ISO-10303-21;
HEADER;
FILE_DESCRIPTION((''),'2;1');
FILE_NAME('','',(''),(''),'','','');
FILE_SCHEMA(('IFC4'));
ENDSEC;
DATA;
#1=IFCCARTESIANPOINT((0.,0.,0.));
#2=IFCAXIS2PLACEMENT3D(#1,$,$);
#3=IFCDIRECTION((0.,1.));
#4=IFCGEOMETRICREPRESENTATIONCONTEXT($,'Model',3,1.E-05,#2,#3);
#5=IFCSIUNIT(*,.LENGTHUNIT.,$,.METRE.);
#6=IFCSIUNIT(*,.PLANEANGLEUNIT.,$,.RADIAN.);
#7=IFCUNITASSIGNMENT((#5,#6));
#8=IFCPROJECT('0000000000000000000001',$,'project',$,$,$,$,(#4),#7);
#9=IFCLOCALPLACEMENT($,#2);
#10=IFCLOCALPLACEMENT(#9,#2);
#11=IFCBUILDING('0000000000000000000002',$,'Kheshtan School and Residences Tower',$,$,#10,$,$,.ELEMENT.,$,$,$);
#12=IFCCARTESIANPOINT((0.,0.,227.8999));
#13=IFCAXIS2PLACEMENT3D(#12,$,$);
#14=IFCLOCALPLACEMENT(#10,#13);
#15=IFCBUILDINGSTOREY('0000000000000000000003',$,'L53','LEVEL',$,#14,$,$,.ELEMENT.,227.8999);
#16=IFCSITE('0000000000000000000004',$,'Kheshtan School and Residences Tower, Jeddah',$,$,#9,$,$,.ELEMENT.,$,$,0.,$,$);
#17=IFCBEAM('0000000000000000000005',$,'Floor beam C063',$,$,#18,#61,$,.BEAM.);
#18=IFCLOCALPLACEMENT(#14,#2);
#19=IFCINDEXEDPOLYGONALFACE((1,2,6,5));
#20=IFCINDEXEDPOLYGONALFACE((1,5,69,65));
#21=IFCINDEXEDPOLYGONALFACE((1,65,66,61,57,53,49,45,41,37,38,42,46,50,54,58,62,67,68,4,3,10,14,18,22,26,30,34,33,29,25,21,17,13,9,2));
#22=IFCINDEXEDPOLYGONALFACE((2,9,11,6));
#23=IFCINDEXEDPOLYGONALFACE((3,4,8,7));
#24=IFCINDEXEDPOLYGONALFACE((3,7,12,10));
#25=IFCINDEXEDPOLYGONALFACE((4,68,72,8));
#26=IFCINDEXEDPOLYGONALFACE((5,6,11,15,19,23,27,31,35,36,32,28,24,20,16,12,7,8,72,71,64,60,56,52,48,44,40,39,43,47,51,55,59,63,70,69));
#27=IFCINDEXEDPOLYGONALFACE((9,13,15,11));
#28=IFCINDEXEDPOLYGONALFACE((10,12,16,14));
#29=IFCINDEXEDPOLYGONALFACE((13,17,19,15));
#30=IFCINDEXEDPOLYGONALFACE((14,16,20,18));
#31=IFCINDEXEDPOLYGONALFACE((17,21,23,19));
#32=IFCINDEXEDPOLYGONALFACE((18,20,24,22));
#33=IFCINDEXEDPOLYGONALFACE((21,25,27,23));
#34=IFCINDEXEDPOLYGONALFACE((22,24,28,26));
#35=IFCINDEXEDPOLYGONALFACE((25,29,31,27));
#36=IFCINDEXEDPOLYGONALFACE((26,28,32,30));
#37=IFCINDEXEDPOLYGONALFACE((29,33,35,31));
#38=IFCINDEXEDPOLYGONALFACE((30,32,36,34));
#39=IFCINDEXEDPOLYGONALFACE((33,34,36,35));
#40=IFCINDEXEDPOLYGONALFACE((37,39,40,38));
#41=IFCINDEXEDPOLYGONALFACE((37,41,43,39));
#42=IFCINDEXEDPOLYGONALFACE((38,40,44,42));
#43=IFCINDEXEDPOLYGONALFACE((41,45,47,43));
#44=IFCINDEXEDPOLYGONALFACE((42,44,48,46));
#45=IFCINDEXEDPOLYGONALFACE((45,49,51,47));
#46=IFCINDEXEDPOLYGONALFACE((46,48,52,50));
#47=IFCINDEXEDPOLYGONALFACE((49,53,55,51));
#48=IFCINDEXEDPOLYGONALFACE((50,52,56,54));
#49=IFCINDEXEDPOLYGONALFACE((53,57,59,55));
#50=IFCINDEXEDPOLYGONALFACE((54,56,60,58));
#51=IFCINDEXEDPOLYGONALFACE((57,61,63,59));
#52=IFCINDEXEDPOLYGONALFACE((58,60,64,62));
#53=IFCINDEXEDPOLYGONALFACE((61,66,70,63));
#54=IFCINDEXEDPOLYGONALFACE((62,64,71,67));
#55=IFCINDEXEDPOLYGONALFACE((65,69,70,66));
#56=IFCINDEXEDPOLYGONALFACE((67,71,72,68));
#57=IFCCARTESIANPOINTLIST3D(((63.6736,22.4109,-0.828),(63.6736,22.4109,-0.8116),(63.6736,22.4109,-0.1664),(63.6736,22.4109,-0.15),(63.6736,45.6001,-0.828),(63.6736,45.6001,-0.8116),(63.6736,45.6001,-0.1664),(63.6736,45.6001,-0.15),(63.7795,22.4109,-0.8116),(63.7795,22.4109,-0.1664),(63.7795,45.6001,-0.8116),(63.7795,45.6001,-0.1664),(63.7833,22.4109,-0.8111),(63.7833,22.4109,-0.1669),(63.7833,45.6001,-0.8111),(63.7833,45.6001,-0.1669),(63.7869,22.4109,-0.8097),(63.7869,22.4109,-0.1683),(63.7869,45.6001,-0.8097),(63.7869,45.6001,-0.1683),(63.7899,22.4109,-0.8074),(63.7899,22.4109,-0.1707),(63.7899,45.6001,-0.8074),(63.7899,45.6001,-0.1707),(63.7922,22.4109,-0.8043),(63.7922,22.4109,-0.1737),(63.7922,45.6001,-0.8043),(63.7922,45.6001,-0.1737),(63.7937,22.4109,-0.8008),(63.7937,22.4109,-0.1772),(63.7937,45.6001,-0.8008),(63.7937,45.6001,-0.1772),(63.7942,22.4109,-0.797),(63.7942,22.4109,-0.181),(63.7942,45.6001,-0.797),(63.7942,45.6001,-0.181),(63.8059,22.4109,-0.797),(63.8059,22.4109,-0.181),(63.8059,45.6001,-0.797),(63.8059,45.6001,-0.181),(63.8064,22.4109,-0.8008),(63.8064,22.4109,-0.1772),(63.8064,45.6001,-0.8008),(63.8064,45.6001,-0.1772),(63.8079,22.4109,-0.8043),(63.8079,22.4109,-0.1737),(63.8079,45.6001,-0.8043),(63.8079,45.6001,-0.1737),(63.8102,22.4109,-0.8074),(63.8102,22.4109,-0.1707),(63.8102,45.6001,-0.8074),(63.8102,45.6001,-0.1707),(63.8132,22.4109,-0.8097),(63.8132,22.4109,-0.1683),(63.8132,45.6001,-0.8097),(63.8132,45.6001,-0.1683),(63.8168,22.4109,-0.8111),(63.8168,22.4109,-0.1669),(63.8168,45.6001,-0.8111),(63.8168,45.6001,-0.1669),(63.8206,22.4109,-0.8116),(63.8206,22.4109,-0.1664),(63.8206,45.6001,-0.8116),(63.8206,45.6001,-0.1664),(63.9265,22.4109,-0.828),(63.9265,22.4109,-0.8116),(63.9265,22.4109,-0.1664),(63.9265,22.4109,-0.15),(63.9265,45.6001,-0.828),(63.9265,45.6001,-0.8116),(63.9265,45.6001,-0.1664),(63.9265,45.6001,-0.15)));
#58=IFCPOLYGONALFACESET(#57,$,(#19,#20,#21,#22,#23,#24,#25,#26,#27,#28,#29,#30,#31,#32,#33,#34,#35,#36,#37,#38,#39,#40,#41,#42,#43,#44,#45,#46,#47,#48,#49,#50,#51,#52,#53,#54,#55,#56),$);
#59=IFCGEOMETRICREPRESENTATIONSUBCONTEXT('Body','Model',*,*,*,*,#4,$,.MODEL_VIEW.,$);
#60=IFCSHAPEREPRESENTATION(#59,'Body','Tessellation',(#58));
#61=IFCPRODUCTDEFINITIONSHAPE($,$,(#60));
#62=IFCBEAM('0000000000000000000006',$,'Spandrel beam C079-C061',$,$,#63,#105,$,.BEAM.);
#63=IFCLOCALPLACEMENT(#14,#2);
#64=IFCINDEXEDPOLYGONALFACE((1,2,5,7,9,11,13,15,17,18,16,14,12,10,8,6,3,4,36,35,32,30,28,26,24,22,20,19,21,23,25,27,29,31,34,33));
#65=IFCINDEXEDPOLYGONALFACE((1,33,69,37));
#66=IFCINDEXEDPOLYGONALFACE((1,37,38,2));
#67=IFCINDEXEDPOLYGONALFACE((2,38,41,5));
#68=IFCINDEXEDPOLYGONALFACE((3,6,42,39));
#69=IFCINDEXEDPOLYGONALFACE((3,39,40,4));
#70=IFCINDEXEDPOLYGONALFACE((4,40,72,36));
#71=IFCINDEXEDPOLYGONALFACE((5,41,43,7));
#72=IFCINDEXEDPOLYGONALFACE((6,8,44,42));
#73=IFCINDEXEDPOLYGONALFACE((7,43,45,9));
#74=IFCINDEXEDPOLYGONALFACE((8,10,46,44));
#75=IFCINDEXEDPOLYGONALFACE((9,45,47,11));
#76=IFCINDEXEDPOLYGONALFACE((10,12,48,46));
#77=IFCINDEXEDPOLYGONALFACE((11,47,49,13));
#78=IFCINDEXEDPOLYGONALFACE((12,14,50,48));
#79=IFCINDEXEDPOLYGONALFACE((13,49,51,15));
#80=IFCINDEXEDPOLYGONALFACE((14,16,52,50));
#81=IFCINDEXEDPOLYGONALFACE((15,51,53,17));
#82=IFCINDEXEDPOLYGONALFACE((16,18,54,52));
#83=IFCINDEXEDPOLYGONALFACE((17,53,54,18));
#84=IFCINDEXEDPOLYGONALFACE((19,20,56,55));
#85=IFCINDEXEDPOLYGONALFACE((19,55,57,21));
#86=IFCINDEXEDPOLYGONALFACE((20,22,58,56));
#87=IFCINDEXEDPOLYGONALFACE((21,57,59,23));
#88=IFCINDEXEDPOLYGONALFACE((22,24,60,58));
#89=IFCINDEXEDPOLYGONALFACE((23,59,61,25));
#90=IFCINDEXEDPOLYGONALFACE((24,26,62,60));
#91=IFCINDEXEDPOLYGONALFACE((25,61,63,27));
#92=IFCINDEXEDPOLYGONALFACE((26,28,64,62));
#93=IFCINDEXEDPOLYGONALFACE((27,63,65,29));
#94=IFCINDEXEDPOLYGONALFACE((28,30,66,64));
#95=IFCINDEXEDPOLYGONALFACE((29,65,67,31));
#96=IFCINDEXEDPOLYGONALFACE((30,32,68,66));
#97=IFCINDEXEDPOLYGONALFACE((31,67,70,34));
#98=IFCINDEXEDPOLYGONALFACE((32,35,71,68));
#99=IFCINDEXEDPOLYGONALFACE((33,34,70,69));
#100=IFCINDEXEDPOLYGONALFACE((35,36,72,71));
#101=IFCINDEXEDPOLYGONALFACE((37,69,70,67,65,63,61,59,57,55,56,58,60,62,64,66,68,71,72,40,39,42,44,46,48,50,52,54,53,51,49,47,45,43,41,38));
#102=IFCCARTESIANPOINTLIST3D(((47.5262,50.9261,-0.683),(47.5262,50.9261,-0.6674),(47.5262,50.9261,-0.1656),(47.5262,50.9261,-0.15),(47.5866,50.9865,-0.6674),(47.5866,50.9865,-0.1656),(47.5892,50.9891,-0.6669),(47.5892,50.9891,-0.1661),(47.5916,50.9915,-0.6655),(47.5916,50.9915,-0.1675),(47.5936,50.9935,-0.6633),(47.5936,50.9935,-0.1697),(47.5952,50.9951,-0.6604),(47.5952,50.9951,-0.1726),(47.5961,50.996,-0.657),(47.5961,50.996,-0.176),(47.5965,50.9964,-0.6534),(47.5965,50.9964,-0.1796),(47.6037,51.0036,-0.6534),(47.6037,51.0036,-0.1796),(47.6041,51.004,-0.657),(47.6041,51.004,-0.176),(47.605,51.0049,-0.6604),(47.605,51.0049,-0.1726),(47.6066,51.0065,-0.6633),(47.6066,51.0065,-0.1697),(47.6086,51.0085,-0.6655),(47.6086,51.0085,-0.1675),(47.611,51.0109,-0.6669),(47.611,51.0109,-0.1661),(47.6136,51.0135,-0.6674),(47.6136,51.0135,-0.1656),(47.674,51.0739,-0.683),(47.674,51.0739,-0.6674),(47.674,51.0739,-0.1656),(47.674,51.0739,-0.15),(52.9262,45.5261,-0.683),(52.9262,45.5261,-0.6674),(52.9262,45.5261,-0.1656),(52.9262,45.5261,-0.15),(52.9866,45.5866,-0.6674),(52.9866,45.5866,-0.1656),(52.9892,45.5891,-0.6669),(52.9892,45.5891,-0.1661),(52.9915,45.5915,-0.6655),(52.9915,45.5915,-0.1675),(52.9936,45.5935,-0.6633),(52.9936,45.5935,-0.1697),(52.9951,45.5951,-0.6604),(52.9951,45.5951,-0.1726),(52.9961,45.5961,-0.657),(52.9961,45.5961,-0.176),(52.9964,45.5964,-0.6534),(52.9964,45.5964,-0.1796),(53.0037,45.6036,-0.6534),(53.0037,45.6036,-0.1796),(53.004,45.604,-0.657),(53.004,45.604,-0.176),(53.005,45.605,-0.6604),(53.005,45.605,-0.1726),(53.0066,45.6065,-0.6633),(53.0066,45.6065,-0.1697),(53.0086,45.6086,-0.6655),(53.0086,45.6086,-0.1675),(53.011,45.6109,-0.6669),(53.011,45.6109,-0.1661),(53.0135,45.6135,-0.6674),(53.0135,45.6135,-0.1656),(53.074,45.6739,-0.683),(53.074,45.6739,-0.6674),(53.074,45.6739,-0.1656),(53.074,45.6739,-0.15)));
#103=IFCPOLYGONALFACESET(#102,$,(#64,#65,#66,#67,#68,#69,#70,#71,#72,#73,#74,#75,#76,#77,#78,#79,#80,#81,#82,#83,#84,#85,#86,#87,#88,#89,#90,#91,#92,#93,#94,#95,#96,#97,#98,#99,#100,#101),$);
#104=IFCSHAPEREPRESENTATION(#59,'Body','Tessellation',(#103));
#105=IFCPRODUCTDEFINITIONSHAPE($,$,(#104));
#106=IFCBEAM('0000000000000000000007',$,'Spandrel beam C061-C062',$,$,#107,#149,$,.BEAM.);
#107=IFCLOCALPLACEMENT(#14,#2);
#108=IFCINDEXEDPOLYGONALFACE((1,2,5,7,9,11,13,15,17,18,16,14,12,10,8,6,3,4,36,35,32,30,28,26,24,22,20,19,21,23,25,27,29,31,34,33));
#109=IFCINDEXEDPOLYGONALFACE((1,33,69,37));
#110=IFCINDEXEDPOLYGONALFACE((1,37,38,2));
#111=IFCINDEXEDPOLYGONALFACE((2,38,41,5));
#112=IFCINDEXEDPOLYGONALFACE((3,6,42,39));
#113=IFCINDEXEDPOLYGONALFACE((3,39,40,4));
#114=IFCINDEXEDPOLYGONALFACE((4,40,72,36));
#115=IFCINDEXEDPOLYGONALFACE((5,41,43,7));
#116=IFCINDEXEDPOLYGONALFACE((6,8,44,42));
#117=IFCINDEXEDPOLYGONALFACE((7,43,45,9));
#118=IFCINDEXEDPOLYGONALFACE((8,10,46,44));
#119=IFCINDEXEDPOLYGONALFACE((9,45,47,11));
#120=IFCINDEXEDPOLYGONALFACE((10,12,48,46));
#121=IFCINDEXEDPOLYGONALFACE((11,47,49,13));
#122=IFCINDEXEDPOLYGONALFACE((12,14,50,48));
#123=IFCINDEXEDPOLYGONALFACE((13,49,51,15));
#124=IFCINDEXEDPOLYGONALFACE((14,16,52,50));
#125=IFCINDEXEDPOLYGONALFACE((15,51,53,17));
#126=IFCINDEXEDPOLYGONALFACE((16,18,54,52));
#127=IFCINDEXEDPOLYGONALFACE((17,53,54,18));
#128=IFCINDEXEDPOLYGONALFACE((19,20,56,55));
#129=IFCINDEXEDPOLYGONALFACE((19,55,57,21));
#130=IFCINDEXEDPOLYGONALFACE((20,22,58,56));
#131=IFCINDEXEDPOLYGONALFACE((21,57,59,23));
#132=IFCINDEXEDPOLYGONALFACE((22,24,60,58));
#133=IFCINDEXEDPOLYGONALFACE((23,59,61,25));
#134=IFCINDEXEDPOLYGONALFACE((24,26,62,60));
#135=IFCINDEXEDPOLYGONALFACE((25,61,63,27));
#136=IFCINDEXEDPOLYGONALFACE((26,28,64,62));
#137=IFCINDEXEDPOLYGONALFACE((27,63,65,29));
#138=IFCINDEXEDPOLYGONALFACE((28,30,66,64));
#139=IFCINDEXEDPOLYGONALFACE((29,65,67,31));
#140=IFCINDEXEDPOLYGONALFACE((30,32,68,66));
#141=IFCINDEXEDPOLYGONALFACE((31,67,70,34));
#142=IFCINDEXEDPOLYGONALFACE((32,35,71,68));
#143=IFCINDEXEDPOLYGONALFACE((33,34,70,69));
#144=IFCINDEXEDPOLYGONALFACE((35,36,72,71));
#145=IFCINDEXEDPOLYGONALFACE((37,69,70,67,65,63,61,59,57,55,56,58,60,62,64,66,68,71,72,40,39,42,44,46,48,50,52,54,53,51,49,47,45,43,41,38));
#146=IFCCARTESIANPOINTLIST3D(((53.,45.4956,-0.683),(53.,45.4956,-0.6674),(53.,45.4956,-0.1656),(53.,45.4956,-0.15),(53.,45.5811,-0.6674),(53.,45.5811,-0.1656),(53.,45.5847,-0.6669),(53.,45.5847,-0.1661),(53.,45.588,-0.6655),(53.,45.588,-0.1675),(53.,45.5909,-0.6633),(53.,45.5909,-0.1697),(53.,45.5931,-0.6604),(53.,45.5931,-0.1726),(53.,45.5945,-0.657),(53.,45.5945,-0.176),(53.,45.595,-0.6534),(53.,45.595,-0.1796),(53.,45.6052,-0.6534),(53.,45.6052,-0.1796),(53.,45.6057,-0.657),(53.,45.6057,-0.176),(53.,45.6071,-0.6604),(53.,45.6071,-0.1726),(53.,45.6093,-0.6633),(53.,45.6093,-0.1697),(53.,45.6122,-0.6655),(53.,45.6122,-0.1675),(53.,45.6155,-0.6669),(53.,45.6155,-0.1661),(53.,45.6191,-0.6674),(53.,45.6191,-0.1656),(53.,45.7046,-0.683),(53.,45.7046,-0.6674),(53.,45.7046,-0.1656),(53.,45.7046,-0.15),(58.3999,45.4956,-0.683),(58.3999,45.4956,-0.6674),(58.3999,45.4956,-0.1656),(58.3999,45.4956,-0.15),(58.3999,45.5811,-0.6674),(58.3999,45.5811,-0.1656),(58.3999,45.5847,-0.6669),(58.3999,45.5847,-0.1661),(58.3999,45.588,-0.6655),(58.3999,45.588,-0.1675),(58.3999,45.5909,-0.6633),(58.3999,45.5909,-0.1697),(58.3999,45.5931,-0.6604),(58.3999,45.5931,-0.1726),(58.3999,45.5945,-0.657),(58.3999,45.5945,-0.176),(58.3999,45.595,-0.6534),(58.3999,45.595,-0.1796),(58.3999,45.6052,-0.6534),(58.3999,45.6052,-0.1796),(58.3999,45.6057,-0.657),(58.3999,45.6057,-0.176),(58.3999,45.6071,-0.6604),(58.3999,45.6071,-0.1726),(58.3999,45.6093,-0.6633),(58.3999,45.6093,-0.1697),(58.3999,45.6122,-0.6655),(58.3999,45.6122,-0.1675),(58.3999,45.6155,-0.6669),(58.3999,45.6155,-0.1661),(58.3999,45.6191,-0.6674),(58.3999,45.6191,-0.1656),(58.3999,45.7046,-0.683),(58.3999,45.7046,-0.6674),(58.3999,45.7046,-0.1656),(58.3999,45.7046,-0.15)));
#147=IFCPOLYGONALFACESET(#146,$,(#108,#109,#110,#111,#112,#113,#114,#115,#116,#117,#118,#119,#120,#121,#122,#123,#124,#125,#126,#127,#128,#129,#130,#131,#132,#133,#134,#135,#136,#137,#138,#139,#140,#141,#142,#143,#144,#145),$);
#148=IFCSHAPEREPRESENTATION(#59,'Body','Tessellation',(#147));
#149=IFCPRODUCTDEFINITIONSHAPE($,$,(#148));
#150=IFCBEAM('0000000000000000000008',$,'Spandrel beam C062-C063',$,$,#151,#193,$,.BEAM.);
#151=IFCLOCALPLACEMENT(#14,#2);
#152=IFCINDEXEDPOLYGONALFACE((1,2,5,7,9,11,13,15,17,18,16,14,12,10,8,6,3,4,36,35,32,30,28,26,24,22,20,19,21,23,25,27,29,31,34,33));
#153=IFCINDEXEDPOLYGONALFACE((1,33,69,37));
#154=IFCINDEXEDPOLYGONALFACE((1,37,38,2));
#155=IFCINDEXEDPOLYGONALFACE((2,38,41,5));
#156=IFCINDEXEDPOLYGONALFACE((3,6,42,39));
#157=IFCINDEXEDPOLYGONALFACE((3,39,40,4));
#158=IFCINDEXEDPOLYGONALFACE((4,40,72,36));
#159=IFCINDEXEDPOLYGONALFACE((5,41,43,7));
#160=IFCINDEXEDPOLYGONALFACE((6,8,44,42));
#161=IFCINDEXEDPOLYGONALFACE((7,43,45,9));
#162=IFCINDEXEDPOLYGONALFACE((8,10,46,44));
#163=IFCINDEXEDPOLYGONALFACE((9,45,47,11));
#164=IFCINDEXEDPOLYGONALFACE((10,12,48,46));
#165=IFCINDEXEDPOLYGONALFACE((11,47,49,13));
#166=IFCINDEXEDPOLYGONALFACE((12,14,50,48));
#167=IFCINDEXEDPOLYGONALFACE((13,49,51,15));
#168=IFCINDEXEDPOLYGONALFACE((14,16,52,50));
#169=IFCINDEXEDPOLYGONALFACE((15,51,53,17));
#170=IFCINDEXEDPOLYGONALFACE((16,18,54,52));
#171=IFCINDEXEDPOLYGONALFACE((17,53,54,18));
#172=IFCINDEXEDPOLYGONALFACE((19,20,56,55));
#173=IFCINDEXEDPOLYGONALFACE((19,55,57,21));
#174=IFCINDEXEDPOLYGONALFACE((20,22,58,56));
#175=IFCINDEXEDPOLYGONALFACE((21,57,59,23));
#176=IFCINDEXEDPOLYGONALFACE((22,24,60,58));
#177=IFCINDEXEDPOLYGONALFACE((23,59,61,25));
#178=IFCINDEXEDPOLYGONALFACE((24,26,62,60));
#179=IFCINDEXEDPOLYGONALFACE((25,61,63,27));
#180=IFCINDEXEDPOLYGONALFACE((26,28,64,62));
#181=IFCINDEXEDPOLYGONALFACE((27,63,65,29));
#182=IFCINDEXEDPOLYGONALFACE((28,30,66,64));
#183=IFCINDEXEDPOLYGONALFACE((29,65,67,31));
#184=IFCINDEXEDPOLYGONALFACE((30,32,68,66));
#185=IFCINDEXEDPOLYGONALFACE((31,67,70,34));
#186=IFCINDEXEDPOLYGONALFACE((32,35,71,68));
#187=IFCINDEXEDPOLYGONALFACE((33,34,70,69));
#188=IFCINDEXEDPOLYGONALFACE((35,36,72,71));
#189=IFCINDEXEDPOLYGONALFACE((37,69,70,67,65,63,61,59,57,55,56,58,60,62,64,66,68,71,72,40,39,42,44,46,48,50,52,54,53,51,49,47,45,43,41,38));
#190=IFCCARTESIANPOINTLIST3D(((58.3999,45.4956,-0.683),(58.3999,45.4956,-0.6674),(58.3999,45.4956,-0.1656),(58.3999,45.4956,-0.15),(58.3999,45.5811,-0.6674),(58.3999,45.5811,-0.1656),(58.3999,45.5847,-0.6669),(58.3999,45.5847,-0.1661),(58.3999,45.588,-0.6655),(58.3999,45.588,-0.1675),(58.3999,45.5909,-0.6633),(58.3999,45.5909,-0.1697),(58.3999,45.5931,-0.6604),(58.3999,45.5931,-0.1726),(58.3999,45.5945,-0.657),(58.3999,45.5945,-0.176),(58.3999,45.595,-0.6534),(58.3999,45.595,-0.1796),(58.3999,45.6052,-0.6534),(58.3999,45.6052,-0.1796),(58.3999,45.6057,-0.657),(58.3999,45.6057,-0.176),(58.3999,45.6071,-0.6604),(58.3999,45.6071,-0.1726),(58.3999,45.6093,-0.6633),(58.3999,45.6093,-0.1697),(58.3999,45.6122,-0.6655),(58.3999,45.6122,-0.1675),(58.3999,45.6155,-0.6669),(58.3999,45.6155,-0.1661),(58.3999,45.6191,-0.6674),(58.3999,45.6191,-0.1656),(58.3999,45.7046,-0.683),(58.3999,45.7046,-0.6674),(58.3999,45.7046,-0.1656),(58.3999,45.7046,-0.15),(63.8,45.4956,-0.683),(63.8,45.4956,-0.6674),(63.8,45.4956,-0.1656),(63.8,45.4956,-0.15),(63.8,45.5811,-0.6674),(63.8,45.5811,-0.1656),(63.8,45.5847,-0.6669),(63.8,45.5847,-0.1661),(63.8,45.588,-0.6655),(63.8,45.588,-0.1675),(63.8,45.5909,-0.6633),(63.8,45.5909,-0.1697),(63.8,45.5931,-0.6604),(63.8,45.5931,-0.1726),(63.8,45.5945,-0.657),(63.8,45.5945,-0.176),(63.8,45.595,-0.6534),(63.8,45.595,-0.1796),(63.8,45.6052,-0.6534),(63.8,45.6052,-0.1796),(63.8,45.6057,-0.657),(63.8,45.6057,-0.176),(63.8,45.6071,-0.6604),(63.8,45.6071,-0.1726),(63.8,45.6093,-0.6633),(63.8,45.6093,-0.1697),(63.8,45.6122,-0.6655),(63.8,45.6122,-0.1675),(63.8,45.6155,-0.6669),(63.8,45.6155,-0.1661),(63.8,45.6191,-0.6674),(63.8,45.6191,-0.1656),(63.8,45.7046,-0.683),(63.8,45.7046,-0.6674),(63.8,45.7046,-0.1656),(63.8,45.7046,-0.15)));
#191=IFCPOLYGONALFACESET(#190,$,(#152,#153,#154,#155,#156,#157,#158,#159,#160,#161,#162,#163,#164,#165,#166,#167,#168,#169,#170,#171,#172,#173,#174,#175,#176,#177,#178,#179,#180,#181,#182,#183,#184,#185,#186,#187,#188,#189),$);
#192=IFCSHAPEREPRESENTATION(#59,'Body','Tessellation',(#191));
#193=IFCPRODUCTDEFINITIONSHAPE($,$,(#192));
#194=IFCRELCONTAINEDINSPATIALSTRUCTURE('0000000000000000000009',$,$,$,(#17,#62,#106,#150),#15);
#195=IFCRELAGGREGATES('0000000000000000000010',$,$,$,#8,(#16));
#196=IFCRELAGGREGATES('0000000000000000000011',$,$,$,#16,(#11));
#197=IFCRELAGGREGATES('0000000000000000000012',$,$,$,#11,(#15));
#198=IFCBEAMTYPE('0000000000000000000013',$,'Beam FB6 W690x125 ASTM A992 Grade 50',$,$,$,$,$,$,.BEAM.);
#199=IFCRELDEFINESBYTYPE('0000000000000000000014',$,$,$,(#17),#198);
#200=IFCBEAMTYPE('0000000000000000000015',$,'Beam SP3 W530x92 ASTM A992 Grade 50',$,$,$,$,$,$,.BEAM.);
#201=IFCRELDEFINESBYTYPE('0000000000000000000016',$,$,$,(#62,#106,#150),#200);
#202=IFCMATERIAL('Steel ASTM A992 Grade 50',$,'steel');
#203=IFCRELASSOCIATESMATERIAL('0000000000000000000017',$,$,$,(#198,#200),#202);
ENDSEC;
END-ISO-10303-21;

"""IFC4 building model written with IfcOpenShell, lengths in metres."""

from ifc_helpers import new_model, si_unit, direction, frame, origin, origin_2d, place, context, subcontext, project, spatial, i_section, extrude, material, material_profile, profile_set, type_object, element, save


model = new_model("IFC4")

# Units and contexts
model_context = context("Model", 3, precision=1e-05, world=origin(), true_north=direction((0.0, 1.0)))
body_context = subcontext(model_context, "Body", "Model", "MODEL_VIEW")
ifc_project = project(units=[si_unit("LENGTHUNIT", "METRE"), si_unit("PLANEANGLEUNIT", "RADIAN")], contexts=[model_context])

# Site, building, storey
site_placement = place(None, origin())
site = spatial("IfcSite", under=ifc_project, at=site_placement, Name="Kheshtan School and Residences Tower, Jeddah", CompositionType="ELEMENT", RefElevation=0.0)
building_placement = place(site_placement, origin())
building = spatial("IfcBuilding", under=site, at=building_placement, Name="Kheshtan School and Residences Tower", CompositionType="ELEMENT")
storey_placement = place(building_placement, frame((0.0, 0.0, 227.8999)))
storey = spatial("IfcBuildingStorey", under=building, at=storey_placement, Name="L53", Description="LEVEL", CompositionType="ELEMENT", Elevation=227.8999)

# Shared definitions
ifc_material_1 = material(Name="Steel ASTM A992 Grade 50", Category="steel")

# Beams
ifc_material_profile_1 = material_profile(ifc_material_1, i_section(OverallWidth=0.2529, OverallDepth=0.678, WebThickness=0.0117, FlangeThickness=0.0164, FilletRadius=0.0146, at=origin_2d()), Name="W690x125")
ifc_profile_set_1 = profile_set([ifc_material_profile_1], Name="Steel ASTM A992 Grade 50")
beam_type_1 = type_object("IfcBeamType", Name="Beam FB6 W690x125 ASTM A992 Grade 50", PredefinedType="BEAM", material=ifc_profile_set_1)
beam_1_placement = place(storey_placement, frame((63.8, 45.6001, -0.489), z_axis=(0.0, -1.0, 0.0), x_axis=(1.0, 0.0, 0.0)))
element("IfcBeam", 1, at=beam_1_placement, inside=storey, type_object=beam_type_1, Name="Floor beam C063", PredefinedType="BEAM", context=body_context, shape_type="SweptSolid", body=[
    extrude(i_section(OverallWidth=0.2529, OverallDepth=0.678, WebThickness=0.0117, FlangeThickness=0.0164, FilletRadius=0.0146, at=origin_2d()), origin(), (0.0, 0.0, 1.0), 23.1892),
])
ifc_material_profile_2 = material_profile(ifc_material_1, i_section(OverallWidth=0.209, OverallDepth=0.533, WebThickness=0.0103, FlangeThickness=0.0156, FilletRadius=0.0139, at=origin_2d()), Name="W530x92")
ifc_profile_set_2 = profile_set([ifc_material_profile_2], Name="Steel ASTM A992 Grade 50")
beam_type_2 = type_object("IfcBeamType", Name="Beam SP3 W530x92 ASTM A992 Grade 50", PredefinedType="BEAM", material=ifc_profile_set_2)
beam_2_placement = place(storey_placement, frame((47.6001, 51.0, -0.4165), z_axis=(0.707107, -0.707107, 0.0), x_axis=(0.707107, 0.707107, 0.0)))
element("IfcBeam", 2, at=beam_2_placement, inside=storey, type_object=beam_type_2, Name="Spandrel beam C079-C061", PredefinedType="BEAM", context=body_context, shape_type="SweptSolid", body=[
    extrude(i_section(OverallWidth=0.209, OverallDepth=0.533, WebThickness=0.0103, FlangeThickness=0.0156, FilletRadius=0.0139, at=origin_2d()), origin(), (0.0, 0.0, 1.0), 7.6367),
])
beam_3_placement = place(storey_placement, frame((53.0, 45.6001, -0.4165), z_axis=(1.0, 0.0, 0.0), x_axis=(0.0, 1.0, 0.0)))
element("IfcBeam", 3, at=beam_3_placement, inside=storey, type_object=beam_type_2, Name="Spandrel beam C061-C062", PredefinedType="BEAM", context=body_context, shape_type="SweptSolid", body=[
    extrude(i_section(OverallWidth=0.209, OverallDepth=0.533, WebThickness=0.0103, FlangeThickness=0.0156, FilletRadius=0.0139, at=origin_2d()), origin(), (0.0, 0.0, 1.0), 5.3999),
])
beam_4_placement = place(storey_placement, frame((58.3999, 45.6001, -0.4165), z_axis=(1.0, 0.0, 0.0), x_axis=(0.0, 1.0, 0.0)))
element("IfcBeam", 4, at=beam_4_placement, inside=storey, type_object=beam_type_2, Name="Spandrel beam C062-C063", PredefinedType="BEAM", context=body_context, shape_type="SweptSolid", body=[
    extrude(i_section(OverallWidth=0.209, OverallDepth=0.533, WebThickness=0.0103, FlangeThickness=0.0156, FilletRadius=0.0139, at=origin_2d()), origin(), (0.0, 0.0, 1.0), 5.4001),
])

save(model, "model.ifc")
